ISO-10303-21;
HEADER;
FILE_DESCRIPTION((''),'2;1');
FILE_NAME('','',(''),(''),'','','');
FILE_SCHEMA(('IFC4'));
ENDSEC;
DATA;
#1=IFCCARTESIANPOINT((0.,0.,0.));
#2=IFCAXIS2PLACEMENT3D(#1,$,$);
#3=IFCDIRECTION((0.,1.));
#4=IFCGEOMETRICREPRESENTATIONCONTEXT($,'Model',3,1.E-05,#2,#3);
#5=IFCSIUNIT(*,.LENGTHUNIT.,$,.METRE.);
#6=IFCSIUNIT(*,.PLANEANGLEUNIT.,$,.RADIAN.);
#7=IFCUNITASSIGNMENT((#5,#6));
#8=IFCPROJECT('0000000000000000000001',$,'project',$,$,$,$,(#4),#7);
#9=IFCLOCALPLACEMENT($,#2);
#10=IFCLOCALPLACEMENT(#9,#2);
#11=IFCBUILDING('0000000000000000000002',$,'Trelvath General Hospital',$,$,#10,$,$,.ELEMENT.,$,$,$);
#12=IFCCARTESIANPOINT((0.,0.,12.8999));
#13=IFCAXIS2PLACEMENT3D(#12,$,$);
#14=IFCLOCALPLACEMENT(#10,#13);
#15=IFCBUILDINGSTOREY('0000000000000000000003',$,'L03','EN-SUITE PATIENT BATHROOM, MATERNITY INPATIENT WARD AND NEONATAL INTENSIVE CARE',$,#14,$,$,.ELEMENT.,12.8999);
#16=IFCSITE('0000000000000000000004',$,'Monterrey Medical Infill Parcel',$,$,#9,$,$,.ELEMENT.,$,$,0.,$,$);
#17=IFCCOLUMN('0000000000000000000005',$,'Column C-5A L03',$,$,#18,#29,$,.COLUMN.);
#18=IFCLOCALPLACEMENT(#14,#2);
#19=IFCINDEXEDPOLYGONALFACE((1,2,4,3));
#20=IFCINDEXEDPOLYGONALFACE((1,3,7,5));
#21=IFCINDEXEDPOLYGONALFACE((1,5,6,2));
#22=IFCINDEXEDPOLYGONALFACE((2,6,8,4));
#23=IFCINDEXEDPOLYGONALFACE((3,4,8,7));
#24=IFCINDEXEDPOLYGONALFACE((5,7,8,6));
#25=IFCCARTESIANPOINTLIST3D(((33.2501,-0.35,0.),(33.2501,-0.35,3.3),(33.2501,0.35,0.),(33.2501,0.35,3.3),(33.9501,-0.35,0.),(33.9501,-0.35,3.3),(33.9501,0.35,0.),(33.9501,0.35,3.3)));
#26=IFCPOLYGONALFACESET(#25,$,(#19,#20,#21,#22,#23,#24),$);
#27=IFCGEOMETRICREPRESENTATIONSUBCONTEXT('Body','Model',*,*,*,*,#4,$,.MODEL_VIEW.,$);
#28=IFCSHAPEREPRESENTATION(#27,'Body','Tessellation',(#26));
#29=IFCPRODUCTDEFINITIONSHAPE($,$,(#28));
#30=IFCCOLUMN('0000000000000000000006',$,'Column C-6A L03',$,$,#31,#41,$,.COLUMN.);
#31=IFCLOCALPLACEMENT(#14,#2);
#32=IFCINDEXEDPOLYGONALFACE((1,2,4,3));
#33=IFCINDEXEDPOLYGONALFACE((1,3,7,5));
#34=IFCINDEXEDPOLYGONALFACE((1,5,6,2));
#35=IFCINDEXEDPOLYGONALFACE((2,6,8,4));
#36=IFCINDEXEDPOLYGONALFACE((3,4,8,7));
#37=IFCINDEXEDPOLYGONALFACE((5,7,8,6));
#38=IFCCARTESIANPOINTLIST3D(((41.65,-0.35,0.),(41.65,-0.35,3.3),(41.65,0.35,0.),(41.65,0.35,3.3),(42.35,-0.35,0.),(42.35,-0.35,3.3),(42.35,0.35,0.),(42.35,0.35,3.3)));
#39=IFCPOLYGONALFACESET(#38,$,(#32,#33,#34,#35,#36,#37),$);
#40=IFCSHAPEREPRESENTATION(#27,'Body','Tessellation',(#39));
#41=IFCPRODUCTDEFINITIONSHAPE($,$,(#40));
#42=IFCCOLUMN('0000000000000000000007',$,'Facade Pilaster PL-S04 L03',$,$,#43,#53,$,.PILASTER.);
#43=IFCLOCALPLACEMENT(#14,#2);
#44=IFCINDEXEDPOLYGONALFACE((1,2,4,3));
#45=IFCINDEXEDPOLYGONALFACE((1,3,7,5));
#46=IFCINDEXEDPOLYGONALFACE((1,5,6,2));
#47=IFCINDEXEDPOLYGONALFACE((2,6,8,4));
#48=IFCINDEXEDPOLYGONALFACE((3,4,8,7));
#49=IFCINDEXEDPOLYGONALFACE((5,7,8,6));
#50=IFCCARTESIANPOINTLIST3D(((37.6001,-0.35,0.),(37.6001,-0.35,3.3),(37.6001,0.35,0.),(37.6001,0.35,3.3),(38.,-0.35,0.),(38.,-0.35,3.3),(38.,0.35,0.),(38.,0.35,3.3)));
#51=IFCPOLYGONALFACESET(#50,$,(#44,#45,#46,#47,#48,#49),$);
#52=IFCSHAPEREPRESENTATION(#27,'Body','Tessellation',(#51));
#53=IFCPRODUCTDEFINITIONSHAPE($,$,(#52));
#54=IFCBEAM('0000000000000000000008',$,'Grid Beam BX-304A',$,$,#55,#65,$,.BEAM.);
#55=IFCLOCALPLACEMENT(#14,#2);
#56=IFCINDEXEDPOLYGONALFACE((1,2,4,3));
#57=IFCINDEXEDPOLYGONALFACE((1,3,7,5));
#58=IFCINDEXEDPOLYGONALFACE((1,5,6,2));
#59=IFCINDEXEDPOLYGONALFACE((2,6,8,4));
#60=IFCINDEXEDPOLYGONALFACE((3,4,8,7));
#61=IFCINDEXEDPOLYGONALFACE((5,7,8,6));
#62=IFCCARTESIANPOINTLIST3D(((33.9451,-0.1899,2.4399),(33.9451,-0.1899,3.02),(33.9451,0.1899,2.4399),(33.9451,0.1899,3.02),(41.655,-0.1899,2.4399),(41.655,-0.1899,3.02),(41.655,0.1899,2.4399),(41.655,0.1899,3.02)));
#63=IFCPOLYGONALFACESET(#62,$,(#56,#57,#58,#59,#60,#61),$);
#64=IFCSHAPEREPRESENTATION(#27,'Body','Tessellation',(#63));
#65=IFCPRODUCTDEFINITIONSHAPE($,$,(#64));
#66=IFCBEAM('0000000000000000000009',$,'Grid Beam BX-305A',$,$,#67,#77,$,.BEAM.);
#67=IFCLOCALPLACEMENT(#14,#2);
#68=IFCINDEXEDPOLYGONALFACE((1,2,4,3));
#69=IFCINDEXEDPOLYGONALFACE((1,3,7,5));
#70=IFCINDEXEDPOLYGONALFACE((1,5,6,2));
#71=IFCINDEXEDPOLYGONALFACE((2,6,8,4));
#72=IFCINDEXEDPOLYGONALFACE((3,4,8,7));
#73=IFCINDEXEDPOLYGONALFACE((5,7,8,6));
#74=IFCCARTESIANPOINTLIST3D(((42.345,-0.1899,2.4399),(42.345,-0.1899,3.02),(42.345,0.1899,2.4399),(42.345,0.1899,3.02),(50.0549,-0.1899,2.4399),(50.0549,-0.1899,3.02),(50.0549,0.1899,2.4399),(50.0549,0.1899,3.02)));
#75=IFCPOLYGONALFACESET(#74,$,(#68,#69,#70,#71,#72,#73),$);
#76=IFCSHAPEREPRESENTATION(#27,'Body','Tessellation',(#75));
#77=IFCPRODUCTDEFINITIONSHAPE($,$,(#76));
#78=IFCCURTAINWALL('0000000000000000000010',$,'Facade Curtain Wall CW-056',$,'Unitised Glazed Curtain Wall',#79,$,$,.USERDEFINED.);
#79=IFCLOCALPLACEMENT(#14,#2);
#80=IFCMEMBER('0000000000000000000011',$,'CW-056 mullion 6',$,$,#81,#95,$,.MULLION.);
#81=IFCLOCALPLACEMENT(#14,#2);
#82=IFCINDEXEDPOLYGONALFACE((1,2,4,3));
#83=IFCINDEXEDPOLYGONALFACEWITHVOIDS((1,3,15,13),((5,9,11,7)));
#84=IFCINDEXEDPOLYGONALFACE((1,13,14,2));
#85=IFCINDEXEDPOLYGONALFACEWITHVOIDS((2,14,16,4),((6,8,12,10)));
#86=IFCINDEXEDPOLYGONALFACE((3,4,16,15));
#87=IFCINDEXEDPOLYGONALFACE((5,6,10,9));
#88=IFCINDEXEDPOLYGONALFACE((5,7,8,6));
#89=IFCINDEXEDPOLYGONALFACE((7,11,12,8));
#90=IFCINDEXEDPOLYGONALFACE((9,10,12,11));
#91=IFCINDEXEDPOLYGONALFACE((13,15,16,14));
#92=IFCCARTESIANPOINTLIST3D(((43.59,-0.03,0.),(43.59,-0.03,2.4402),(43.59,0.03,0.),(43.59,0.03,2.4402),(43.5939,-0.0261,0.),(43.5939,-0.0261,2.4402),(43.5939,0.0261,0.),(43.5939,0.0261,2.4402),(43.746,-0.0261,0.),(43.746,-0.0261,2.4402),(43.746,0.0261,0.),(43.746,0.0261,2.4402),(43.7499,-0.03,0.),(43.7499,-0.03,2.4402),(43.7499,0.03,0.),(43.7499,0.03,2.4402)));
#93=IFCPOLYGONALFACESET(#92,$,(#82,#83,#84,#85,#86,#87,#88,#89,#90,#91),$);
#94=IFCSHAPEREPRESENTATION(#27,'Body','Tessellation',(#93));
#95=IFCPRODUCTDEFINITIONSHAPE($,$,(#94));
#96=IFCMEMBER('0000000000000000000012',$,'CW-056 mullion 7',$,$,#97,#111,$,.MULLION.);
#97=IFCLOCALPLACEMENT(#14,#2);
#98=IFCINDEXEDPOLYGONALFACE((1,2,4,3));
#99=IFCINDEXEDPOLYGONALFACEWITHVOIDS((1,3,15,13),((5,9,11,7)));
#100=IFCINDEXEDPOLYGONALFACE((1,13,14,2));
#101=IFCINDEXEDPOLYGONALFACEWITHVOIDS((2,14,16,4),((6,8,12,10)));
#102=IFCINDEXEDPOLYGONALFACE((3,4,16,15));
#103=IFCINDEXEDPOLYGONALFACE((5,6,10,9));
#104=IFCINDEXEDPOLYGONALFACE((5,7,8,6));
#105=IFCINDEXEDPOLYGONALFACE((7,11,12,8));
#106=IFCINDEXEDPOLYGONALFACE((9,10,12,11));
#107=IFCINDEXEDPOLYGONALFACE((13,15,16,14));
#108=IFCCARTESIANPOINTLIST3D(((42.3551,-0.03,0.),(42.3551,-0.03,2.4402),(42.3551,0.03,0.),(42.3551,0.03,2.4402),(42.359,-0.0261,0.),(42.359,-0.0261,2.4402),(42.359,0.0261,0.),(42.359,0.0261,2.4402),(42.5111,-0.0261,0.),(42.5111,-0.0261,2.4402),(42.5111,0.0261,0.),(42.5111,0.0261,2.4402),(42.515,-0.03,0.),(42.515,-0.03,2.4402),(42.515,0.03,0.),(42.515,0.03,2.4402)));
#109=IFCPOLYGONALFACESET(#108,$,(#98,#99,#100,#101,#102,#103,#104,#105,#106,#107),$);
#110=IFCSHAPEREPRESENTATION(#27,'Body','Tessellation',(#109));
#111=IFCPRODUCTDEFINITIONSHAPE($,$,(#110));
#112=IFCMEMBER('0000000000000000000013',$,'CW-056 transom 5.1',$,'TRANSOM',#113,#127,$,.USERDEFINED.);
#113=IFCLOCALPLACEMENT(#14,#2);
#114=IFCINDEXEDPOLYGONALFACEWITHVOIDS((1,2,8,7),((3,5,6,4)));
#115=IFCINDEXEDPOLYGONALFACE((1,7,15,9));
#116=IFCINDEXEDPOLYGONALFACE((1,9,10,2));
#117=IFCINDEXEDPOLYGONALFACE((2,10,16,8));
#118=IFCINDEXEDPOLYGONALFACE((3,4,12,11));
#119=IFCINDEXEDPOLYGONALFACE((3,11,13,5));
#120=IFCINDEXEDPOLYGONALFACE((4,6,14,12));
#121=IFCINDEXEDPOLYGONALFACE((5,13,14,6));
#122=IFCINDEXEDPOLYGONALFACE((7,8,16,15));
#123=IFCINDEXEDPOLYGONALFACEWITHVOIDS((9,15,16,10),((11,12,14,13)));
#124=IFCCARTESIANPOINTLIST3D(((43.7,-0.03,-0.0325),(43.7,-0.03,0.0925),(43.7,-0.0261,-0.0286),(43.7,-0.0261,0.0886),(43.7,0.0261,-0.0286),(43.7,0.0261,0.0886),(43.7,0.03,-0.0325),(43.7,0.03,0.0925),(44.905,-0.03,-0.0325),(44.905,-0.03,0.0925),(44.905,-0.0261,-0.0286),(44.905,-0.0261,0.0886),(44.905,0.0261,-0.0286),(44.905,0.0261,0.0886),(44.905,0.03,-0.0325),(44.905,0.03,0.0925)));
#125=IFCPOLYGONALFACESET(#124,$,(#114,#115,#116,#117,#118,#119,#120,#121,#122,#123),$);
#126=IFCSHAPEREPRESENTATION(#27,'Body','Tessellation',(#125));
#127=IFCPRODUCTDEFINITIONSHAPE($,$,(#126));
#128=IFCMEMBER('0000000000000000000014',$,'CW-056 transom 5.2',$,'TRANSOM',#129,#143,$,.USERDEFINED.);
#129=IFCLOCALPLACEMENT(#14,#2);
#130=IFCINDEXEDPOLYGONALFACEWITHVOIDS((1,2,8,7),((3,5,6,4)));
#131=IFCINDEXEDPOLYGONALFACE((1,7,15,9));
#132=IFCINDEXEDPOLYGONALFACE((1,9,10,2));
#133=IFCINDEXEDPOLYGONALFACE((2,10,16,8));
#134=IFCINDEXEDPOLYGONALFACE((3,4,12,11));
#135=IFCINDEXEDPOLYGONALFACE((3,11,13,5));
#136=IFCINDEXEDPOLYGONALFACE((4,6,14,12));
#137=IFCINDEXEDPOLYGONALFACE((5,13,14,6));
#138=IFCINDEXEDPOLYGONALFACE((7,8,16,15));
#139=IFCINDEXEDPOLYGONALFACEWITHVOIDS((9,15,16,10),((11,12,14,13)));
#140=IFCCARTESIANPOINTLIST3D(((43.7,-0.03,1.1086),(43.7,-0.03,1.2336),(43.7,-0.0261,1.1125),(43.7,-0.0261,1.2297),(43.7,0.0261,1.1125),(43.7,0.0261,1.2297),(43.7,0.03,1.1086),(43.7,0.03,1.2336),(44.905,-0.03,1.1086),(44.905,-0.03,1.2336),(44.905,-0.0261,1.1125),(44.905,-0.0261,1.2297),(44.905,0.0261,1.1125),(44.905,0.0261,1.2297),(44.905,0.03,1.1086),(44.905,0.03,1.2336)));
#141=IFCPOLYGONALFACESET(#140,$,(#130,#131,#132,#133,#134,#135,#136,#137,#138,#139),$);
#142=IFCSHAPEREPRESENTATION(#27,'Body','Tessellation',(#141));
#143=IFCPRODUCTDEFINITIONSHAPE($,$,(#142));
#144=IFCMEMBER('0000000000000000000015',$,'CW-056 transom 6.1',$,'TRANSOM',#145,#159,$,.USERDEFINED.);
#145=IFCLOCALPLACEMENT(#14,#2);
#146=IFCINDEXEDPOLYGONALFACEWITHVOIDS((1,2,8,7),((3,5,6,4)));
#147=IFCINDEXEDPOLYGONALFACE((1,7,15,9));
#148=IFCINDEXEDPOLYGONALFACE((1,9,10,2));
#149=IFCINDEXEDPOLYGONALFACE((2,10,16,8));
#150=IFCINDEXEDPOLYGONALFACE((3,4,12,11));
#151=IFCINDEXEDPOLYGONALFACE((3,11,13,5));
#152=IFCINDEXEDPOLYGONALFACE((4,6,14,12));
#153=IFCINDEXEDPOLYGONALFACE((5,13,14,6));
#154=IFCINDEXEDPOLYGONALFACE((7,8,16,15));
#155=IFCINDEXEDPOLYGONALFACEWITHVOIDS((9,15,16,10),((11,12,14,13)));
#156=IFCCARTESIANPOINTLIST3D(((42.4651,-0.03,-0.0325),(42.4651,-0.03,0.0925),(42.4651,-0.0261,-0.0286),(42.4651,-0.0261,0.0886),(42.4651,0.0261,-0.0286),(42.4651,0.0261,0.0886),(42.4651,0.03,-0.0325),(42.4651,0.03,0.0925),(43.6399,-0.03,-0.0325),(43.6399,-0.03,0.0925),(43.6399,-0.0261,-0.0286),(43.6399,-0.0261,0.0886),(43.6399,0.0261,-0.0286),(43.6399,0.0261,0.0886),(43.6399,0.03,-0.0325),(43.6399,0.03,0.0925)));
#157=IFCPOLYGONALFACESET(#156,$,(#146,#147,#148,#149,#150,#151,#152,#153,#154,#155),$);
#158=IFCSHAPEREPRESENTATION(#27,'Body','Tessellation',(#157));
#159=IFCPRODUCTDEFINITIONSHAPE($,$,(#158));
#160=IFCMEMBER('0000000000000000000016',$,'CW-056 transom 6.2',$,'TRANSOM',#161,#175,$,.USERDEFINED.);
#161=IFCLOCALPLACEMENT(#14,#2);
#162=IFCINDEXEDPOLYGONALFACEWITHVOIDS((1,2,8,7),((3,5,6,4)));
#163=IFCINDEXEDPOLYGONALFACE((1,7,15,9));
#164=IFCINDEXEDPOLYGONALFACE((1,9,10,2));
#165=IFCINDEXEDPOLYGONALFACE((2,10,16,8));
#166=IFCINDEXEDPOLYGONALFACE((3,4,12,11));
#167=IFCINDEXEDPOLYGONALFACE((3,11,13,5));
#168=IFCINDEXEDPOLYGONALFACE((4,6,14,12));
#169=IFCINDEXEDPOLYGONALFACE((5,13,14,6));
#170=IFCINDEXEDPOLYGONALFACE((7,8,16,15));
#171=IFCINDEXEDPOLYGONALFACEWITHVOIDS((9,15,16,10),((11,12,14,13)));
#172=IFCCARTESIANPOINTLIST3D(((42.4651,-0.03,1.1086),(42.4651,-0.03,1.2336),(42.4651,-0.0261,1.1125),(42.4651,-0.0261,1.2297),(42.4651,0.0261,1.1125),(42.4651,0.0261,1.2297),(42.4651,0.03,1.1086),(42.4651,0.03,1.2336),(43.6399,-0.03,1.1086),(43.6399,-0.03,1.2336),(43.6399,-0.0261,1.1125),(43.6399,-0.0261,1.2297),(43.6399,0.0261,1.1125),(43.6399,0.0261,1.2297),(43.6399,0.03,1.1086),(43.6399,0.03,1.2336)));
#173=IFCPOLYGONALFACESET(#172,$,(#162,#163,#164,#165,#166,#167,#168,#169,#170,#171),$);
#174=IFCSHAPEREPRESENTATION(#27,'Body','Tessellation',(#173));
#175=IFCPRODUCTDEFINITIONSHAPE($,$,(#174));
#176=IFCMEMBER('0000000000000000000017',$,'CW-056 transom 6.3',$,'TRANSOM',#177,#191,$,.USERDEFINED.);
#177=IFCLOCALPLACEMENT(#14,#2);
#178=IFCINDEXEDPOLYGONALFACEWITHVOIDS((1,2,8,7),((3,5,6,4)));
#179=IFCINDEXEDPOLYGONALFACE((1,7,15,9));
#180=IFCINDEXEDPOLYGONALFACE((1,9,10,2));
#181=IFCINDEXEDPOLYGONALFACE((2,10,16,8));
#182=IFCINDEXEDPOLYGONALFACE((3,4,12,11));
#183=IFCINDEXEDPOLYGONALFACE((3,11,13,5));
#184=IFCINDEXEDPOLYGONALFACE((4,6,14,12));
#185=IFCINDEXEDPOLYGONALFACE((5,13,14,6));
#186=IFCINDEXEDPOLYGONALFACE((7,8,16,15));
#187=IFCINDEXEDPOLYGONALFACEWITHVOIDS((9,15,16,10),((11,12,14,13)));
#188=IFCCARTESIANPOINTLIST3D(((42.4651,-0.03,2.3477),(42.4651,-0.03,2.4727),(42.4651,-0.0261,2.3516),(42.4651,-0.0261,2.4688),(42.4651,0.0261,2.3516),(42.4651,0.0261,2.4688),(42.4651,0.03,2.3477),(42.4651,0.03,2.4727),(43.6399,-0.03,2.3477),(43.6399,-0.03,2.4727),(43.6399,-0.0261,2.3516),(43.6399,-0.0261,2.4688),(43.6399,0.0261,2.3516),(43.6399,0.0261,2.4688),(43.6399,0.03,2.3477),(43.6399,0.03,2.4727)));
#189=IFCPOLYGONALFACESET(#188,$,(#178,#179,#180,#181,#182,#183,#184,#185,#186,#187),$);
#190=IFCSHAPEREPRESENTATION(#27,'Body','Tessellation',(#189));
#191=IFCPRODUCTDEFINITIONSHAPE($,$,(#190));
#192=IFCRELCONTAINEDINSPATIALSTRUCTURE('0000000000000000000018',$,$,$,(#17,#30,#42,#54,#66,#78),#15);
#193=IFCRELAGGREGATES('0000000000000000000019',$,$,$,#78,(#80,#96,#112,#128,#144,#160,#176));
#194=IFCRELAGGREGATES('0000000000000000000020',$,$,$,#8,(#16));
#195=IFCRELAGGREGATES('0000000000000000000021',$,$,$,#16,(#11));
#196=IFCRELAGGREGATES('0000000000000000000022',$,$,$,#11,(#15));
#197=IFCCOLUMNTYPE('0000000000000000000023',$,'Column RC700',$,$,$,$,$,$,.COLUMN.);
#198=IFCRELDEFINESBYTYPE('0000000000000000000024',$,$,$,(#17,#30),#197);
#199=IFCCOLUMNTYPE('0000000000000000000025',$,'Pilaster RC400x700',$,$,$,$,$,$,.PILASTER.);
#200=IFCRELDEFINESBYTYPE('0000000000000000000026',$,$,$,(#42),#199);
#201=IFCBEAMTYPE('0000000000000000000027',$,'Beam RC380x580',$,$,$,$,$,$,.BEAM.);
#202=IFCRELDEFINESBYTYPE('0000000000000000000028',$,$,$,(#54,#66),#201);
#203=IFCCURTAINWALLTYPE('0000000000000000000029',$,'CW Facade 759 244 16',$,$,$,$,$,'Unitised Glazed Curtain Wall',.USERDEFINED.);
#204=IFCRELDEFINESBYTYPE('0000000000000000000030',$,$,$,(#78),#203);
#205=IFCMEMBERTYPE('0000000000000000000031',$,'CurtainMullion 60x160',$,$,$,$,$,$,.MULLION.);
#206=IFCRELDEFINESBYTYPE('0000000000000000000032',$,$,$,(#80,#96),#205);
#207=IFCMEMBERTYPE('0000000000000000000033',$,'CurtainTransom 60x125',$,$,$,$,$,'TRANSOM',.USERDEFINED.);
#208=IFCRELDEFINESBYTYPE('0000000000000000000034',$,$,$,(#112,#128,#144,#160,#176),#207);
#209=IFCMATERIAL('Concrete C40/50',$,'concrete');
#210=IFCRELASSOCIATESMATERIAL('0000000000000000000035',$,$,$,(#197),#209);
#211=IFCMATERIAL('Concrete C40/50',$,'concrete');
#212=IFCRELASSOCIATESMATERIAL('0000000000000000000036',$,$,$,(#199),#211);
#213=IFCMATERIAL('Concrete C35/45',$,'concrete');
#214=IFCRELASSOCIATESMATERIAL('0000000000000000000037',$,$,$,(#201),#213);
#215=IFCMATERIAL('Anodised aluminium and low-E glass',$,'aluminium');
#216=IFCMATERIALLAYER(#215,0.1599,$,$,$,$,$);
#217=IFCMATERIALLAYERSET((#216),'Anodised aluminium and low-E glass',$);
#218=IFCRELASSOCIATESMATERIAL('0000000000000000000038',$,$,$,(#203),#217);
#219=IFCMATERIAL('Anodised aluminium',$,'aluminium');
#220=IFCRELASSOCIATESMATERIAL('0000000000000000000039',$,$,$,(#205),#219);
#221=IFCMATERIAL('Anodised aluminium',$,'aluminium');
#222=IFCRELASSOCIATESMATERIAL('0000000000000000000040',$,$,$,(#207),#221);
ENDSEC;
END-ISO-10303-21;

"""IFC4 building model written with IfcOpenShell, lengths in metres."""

from ifc_helpers import new_model, si_unit, direction, frame, origin, origin_2d, place, context, subcontext, project, spatial, rectangle, hollow_rectangle, extrude, material, layer, layer_set, material_profile, profile_set, type_object, element, aggregate, save


model = new_model("IFC4")

# Units and contexts
model_context = context("Model", 3, precision=1e-05, world=origin(), true_north=direction((0.0, 1.0)))
body_context = subcontext(model_context, "Body", "Model", "MODEL_VIEW")
ifc_project = project(units=[si_unit("LENGTHUNIT", "METRE"), si_unit("PLANEANGLEUNIT", "RADIAN")], contexts=[model_context])

# Site, building, storey
site_placement = place(None, origin())
site = spatial("IfcSite", under=ifc_project, at=site_placement, Name="Monterrey Medical Infill Parcel", CompositionType="ELEMENT", RefElevation=0.0)
building_placement = place(site_placement, origin())
building = spatial("IfcBuilding", under=site, at=building_placement, Name="Trelvath General Hospital", CompositionType="ELEMENT")
storey_placement = place(building_placement, frame((0.0, 0.0, 12.8999)))
storey = spatial("IfcBuildingStorey", under=building, at=storey_placement, Name="L03", Description="EN-SUITE PATIENT BATHROOM, MATERNITY INPATIENT WARD AND NEONATAL INTENSIVE CARE", CompositionType="ELEMENT", Elevation=12.8999)

# Columns
ifc_material_1 = material(Name="Concrete C40/50", Category="concrete")
ifc_material_profile_1 = material_profile(ifc_material_1, rectangle(XDim=0.7, YDim=0.7, at=origin_2d()), Name="RC700x700")
ifc_profile_set_1 = profile_set([ifc_material_profile_1], Name="Concrete C40/50")
column_type_1 = type_object("IfcColumnType", Name="Column RC700", PredefinedType="COLUMN", material=ifc_profile_set_1)
for number, where, z_axis, x_axis, name in (
    (1, (33.6001, 0.0, 0.0), (0.0, 0.0, 1.0), (1.0, 0.0, 0.0), "Column C-5A L03"),
    (2, (42.0, 0.0, 0.0), (0.0, 0.0, 1.0), (1.0, 0.0, 0.0), "Column C-6A L03"),
):
    element("IfcColumn", number, at=place(storey_placement, frame(where, z_axis=z_axis, x_axis=x_axis)), inside=storey, type_object=column_type_1, Name=name, PredefinedType="COLUMN", context=body_context, shape_type="SweptSolid", body=[
        extrude(rectangle(XDim=0.7, YDim=0.7, at=origin_2d()), origin(), (0.0, 0.0, 1.0), 3.3),
    ])
ifc_material_2 = material(Name="Concrete C40/50", Category="concrete")
ifc_material_profile_2 = material_profile(ifc_material_2, rectangle(XDim=0.3999, YDim=0.7, at=origin_2d()), Name="RC400x700")
ifc_profile_set_2 = profile_set([ifc_material_profile_2], Name="Concrete C40/50")
column_type_2 = type_object("IfcColumnType", Name="Pilaster RC400x700", PredefinedType="PILASTER", material=ifc_profile_set_2)
column_placement = place(storey_placement, frame((37.8, 0.0, 0.0), z_axis=(0.0, 0.0, 1.0), x_axis=(1.0, 0.0, 0.0)))
element("IfcColumn", 3, at=column_placement, inside=storey, type_object=column_type_2, Name="Facade Pilaster PL-S04 L03", PredefinedType="PILASTER", context=body_context, shape_type="SweptSolid", body=[
    extrude(rectangle(XDim=0.3999, YDim=0.7, at=origin_2d()), origin(), (0.0, 0.0, 1.0), 3.3),
])

# Beams
ifc_material_3 = material(Name="Concrete C35/45", Category="concrete")
ifc_material_profile_3 = material_profile(ifc_material_3, rectangle(XDim=0.3799, YDim=0.5801, at=origin_2d()), Name="RCB380x580")
ifc_profile_set_3 = profile_set([ifc_material_profile_3], Name="Concrete C35/45")
beam_type_1 = type_object("IfcBeamType", Name="Beam RC380x580", PredefinedType="BEAM", material=ifc_profile_set_3)
for number, where, z_axis, x_axis, name in (
    (4, (33.9451, 0.0, 2.73), (1.0, 0.0, 0.0), (0.0, 1.0, 0.0), "Grid Beam BX-304A"),
    (5, (42.345, 0.0, 2.73), (1.0, 0.0, 0.0), (0.0, 1.0, 0.0), "Grid Beam BX-305A"),
):
    element("IfcBeam", number, at=place(storey_placement, frame(where, z_axis=z_axis, x_axis=x_axis)), inside=storey, type_object=beam_type_1, Name=name, PredefinedType="BEAM", context=body_context, shape_type="SweptSolid", body=[
        extrude(rectangle(XDim=0.3799, YDim=0.5801, at=origin_2d()), origin(), (0.0, 0.0, 1.0), 7.71),
    ])

# Curtain wall, members
ifc_material_4 = material(Name="Anodised aluminium and low-E glass", Category="aluminium")
ifc_layer_1 = layer(ifc_material_4, 0.1599)
ifc_layer_set_1 = layer_set([ifc_layer_1], Name="Anodised aluminium and low-E glass")
curtain_wall_type = type_object("IfcCurtainWallType", Name="CW Facade 759 244 16", ElementType="Unitised Glazed Curtain Wall", PredefinedType="USERDEFINED", material=ifc_layer_set_1)
curtain_wall_placement = place(storey_placement, origin())
curtain_wall = element("IfcCurtainWall", 6, at=curtain_wall_placement, inside=storey, type_object=curtain_wall_type, Name="Facade Curtain Wall CW-056", ObjectType="Unitised Glazed Curtain Wall", PredefinedType="USERDEFINED")
ifc_material_5 = material(Name="Anodised aluminium", Category="aluminium")
ifc_material_profile_4 = material_profile(ifc_material_5, hollow_rectangle(XDim=0.0601, YDim=0.1599, WallThickness=0.0039, at=origin_2d()), Name="RHS60x160x4")
ifc_profile_set_4 = profile_set([ifc_material_profile_4], Name="Anodised aluminium")
member_type_1 = type_object("IfcMemberType", Name="CurtainMullion 60x160", PredefinedType="MULLION", material=ifc_profile_set_4)
member_1_placement = place(storey_placement, frame((43.6699, 0.0, 0.0), z_axis=(0.0, 0.0, 1.0), x_axis=(0.0, -1.0, 0.0)))
member_1 = element("IfcMember", 7, at=member_1_placement, type_object=member_type_1, Name="CW-056 mullion 6", PredefinedType="MULLION", context=body_context, shape_type="SweptSolid", body=[
    extrude(hollow_rectangle(XDim=0.0601, YDim=0.1599, WallThickness=0.0039, at=origin_2d()), origin(), (0.0, 0.0, 1.0), 2.4402),
])
member_2_placement = place(storey_placement, frame((42.4351, 0.0, 0.0), z_axis=(0.0, 0.0, 1.0), x_axis=(0.0, -1.0, 0.0)))
member_2 = element("IfcMember", 8, at=member_2_placement, type_object=member_type_1, Name="CW-056 mullion 7", PredefinedType="MULLION", context=body_context, shape_type="SweptSolid", body=[
    extrude(hollow_rectangle(XDim=0.0601, YDim=0.1599, WallThickness=0.0039, at=origin_2d()), origin(), (0.0, 0.0, 1.0), 2.4402),
])
ifc_material_6 = material(Name="Anodised aluminium", Category="aluminium")
ifc_material_profile_5 = material_profile(ifc_material_6, hollow_rectangle(XDim=0.0601, YDim=0.125, WallThickness=0.0039, at=origin_2d()), Name="RHS60x125x4")
ifc_profile_set_5 = profile_set([ifc_material_profile_5], Name="Anodised aluminium")
member_type_2 = type_object("IfcMemberType", Name="CurtainTransom 60x125", ElementType="TRANSOM", PredefinedType="USERDEFINED", material=ifc_profile_set_5)
member_3_placement = place(storey_placement, frame((44.905, 0.0, 0.03), z_axis=(-1.0, 0.0, 0.0), x_axis=(0.0, -1.0, 0.0)))
member_3 = element("IfcMember", 9, at=member_3_placement, type_object=member_type_2, Name="CW-056 transom 5.1", ObjectType="TRANSOM", PredefinedType="USERDEFINED", context=body_context, shape_type="SweptSolid", body=[
    extrude(hollow_rectangle(XDim=0.0601, YDim=0.125, WallThickness=0.0039, at=origin_2d()), origin(), (0.0, 0.0, 1.0), 1.2051),
])
member_4_placement = place(storey_placement, frame((44.905, 0.0, 1.1711), z_axis=(-1.0, 0.0, 0.0), x_axis=(0.0, -1.0, 0.0)))
member_4 = element("IfcMember", 10, at=member_4_placement, type_object=member_type_2, Name="CW-056 transom 5.2", ObjectType="TRANSOM", PredefinedType="USERDEFINED", context=body_context, shape_type="SweptSolid", body=[
    extrude(hollow_rectangle(XDim=0.0601, YDim=0.125, WallThickness=0.0039, at=origin_2d()), origin(), (0.0, 0.0, 1.0), 1.2051),
])
member_5_placement = place(storey_placement, frame((43.6399, 0.0, 0.03), z_axis=(-1.0, 0.0, 0.0), x_axis=(0.0, -1.0, 0.0)))
member_5 = element("IfcMember", 11, at=member_5_placement, type_object=member_type_2, Name="CW-056 transom 6.1", ObjectType="TRANSOM", PredefinedType="USERDEFINED", context=body_context, shape_type="SweptSolid", body=[
    extrude(hollow_rectangle(XDim=0.0601, YDim=0.125, WallThickness=0.0039, at=origin_2d()), origin(), (0.0, 0.0, 1.0), 1.1748),
])
member_6_placement = place(storey_placement, frame((43.6399, 0.0, 1.1711), z_axis=(-1.0, 0.0, 0.0), x_axis=(0.0, -1.0, 0.0)))
member_6 = element("IfcMember", 12, at=member_6_placement, type_object=member_type_2, Name="CW-056 transom 6.2", ObjectType="TRANSOM", PredefinedType="USERDEFINED", context=body_context, shape_type="SweptSolid", body=[
    extrude(hollow_rectangle(XDim=0.0601, YDim=0.125, WallThickness=0.0039, at=origin_2d()), origin(), (0.0, 0.0, 1.0), 1.1748),
])
member_7_placement = place(storey_placement, frame((43.6399, 0.0, 2.4102), z_axis=(-1.0, 0.0, 0.0), x_axis=(0.0, -1.0, 0.0)))
member_7 = element("IfcMember", 13, at=member_7_placement, type_object=member_type_2, Name="CW-056 transom 6.3", ObjectType="TRANSOM", PredefinedType="USERDEFINED", context=body_context, shape_type="SweptSolid", body=[
    extrude(hollow_rectangle(XDim=0.0601, YDim=0.125, WallThickness=0.0039, at=origin_2d()), origin(), (0.0, 0.0, 1.0), 1.1748),
])

aggregate(curtain_wall, [member_1, member_2, member_3, member_4, member_5, member_6, member_7])

save(model, "model.ifc")
